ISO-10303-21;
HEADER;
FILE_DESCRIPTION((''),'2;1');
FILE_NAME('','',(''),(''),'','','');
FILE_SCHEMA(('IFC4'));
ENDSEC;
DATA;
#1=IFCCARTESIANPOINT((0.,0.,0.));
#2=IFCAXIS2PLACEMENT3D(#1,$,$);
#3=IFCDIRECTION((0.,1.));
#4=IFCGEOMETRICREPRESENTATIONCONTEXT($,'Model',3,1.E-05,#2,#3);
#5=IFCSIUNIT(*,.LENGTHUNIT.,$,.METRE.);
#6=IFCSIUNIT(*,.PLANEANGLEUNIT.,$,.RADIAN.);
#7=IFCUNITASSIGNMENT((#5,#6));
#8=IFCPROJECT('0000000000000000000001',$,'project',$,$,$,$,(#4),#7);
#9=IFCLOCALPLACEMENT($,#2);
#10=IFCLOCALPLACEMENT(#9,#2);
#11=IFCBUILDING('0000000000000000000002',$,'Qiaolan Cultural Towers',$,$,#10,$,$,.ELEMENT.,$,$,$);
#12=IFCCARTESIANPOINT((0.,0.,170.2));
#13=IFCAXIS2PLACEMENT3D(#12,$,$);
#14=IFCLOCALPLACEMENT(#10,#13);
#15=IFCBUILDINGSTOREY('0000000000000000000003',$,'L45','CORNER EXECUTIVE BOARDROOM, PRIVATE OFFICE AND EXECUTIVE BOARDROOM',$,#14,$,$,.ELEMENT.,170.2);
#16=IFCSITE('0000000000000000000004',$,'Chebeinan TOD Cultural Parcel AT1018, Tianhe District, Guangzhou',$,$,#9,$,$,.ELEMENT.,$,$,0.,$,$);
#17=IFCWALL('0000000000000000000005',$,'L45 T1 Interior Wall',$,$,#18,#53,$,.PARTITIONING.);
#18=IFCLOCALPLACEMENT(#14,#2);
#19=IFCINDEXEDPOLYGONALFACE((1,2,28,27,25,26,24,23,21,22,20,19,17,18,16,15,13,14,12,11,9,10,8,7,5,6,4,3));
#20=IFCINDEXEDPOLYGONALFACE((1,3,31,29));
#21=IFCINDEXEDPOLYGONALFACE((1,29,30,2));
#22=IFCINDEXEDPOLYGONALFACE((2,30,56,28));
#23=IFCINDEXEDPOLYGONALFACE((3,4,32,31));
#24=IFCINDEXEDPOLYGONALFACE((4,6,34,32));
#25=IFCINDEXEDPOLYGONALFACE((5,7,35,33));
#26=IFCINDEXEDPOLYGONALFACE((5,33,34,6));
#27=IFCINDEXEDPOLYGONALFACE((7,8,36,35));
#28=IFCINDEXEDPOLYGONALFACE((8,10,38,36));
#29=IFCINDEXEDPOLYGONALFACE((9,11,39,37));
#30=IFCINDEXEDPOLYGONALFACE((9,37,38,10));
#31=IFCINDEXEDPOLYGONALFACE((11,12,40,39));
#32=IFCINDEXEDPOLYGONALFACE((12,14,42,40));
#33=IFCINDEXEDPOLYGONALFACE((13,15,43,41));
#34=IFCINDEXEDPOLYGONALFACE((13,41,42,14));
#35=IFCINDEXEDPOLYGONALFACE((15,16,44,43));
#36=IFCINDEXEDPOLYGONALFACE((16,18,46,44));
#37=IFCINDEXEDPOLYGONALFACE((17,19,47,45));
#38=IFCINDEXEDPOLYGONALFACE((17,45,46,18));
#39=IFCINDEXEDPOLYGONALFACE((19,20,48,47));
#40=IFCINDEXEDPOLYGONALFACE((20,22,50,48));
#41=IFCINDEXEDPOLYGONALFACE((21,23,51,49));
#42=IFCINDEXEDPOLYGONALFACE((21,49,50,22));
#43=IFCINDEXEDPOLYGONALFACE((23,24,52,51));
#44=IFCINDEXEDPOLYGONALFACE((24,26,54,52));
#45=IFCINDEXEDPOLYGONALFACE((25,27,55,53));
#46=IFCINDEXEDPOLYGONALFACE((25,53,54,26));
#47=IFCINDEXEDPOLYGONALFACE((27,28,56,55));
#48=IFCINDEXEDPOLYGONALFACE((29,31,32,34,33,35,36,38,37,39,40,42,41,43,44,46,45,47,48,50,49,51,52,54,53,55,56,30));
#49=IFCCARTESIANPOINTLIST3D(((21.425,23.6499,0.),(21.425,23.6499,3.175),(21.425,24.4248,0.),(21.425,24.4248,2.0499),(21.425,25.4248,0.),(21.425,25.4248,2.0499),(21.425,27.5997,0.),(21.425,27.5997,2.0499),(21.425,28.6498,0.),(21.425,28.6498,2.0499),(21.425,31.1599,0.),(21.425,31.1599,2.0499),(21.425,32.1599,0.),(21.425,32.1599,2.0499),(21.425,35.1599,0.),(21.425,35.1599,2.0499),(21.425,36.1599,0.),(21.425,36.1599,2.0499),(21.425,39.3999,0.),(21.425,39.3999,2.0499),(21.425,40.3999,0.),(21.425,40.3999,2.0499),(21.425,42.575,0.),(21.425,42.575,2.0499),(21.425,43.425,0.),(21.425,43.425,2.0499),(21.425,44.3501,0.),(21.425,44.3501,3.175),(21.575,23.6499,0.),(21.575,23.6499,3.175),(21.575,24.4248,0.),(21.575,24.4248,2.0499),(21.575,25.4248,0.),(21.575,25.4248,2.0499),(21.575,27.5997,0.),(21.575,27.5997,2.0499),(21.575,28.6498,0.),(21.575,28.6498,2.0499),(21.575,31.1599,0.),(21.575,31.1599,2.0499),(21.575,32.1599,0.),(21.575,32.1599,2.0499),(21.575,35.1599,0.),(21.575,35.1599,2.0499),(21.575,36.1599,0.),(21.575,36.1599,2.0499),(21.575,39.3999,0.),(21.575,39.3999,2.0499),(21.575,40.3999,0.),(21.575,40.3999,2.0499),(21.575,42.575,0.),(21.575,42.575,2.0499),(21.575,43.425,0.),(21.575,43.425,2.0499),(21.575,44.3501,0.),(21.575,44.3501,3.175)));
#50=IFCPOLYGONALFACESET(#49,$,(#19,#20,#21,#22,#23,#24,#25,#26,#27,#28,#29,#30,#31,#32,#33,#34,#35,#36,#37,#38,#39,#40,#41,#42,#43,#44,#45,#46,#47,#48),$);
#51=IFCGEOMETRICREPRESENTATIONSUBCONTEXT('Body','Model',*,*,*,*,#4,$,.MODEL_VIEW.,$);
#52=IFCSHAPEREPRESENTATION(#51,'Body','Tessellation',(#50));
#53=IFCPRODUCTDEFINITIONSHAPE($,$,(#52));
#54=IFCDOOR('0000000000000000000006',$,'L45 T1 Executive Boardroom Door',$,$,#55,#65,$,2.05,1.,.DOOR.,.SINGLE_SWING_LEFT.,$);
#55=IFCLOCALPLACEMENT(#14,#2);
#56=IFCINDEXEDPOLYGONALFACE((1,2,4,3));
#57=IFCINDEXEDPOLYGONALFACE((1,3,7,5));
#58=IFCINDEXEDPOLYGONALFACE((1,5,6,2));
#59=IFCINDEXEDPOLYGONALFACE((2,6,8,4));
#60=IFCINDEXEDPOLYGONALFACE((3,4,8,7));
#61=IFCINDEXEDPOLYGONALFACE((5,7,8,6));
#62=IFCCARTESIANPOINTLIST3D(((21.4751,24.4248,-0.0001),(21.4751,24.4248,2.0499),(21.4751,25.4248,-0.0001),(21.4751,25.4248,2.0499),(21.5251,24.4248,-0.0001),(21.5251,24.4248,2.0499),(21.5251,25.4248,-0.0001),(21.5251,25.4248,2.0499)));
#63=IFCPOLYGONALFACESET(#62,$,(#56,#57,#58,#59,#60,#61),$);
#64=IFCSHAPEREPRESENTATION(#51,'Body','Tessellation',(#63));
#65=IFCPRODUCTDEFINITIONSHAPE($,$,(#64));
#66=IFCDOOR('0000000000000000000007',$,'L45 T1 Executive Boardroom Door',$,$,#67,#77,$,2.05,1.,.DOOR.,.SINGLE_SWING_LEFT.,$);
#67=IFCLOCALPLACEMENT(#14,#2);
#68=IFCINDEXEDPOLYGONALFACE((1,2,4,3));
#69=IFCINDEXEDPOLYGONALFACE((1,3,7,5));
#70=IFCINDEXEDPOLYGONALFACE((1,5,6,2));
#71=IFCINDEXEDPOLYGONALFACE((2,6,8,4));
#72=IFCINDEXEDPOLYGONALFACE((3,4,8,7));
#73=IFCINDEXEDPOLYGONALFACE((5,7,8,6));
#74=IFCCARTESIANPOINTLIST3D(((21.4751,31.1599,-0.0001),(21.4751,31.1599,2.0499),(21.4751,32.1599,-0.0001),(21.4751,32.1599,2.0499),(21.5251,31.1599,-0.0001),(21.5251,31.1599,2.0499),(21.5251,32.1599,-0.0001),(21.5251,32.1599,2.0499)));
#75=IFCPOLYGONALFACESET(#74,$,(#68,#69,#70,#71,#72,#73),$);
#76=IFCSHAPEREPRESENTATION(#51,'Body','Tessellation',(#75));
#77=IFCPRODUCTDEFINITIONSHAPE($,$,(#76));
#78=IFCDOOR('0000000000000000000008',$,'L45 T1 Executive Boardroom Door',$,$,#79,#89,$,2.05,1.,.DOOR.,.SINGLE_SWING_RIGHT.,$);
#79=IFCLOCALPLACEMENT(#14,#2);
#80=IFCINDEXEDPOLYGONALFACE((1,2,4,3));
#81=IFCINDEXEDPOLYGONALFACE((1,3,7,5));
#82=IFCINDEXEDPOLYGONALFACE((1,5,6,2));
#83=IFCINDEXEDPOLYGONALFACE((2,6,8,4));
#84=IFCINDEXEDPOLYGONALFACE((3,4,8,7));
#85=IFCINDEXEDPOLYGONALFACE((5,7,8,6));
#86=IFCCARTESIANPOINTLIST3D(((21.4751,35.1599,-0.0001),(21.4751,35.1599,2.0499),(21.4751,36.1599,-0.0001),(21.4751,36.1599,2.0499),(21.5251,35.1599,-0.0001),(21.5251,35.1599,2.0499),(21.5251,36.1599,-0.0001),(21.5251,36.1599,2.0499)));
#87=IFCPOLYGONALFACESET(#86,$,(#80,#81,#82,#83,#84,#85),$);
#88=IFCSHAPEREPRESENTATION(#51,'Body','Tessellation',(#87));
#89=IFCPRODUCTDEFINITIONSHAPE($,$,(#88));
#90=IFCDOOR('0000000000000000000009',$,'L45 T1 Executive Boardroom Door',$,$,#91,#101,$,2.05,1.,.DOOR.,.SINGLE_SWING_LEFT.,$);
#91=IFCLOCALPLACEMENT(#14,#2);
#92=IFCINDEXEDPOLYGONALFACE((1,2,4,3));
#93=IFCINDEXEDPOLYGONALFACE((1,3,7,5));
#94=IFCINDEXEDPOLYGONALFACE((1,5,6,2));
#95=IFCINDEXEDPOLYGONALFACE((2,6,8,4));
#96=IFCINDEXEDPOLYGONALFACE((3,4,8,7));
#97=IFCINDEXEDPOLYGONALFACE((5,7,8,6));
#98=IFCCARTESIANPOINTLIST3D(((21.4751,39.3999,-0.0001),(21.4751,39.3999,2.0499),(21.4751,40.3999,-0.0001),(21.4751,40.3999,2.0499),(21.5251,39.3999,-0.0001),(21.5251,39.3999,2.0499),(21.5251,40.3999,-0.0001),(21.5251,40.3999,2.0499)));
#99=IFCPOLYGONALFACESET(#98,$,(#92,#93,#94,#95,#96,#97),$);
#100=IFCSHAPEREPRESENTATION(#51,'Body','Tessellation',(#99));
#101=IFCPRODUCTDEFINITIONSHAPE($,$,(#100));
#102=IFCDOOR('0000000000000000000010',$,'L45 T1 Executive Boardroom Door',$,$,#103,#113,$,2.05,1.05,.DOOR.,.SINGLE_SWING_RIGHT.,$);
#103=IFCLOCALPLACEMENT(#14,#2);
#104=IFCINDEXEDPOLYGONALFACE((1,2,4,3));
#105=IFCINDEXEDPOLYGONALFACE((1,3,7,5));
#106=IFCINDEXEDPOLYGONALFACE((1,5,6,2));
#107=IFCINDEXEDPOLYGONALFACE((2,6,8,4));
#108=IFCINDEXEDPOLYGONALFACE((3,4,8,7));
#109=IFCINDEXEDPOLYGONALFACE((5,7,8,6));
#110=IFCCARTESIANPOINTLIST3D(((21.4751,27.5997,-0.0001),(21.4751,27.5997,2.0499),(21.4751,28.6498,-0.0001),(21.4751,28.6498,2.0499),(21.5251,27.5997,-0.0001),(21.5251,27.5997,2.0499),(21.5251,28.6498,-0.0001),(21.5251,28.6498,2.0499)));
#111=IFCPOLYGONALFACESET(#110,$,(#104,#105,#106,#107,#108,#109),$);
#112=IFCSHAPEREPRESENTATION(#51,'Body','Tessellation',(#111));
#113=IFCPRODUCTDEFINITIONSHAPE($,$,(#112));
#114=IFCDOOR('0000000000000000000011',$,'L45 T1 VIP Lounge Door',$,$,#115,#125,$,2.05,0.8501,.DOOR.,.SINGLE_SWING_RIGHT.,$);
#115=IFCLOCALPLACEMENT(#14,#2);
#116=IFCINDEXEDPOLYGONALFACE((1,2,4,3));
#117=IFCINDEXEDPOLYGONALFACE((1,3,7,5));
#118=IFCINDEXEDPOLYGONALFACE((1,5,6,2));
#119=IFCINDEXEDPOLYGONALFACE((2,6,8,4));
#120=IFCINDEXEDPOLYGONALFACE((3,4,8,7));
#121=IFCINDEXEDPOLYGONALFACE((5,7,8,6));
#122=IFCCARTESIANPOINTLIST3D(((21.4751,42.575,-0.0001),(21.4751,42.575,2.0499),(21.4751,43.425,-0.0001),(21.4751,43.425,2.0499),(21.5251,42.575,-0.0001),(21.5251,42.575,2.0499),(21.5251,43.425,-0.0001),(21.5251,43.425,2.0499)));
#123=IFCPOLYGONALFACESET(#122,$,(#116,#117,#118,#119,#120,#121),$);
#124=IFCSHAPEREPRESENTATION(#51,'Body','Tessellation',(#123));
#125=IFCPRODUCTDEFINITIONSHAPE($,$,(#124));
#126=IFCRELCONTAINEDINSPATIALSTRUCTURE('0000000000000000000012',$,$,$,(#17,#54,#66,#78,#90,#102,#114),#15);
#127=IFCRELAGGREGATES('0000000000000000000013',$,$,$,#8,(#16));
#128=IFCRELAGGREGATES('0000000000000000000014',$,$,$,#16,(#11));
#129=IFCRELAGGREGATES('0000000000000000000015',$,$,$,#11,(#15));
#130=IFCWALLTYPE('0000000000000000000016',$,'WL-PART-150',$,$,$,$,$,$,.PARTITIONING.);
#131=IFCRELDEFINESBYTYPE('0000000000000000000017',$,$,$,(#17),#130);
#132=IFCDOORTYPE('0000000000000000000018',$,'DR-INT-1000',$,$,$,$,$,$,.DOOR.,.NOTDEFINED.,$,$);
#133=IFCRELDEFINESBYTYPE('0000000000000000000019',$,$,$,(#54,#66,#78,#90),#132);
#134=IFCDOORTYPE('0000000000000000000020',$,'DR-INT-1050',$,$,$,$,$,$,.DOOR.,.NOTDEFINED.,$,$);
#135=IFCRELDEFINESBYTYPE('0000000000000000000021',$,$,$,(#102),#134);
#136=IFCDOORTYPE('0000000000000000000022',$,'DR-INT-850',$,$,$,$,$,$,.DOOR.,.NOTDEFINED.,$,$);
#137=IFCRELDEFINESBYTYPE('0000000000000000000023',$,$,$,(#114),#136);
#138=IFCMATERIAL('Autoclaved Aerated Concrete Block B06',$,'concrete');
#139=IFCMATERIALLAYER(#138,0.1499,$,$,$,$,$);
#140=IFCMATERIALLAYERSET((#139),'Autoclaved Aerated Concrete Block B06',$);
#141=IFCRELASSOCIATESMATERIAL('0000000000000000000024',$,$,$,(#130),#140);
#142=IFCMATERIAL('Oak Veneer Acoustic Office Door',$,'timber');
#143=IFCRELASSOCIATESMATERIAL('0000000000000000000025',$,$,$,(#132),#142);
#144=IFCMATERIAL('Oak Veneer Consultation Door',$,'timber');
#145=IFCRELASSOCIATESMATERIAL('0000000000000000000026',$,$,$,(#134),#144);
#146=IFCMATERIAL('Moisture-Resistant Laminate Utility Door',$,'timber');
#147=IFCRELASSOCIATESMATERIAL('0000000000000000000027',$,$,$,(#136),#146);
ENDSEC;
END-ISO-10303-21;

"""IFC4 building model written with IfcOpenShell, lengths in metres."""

from ifc_helpers import new_model, si_unit, direction, frame, frame_2d, origin, place, context, subcontext, project, spatial, rectangle, extrude, material, layer, layer_set, type_object, element, fill, save


model = new_model("IFC4")

# Units and contexts
model_context = context("Model", 3, precision=1e-05, world=origin(), true_north=direction((0.0, 1.0)))
body_context = subcontext(model_context, "Body", "Model", "MODEL_VIEW")
ifc_project = project(units=[si_unit("LENGTHUNIT", "METRE"), si_unit("PLANEANGLEUNIT", "RADIAN")], contexts=[model_context])

# Site, building, storey
site_placement = place(None, origin())
site = spatial("IfcSite", under=ifc_project, at=site_placement, Name="Chebeinan TOD Cultural Parcel AT1018, Tianhe District, Guangzhou", CompositionType="ELEMENT", RefElevation=0.0)
building_placement = place(site_placement, origin())
building = spatial("IfcBuilding", under=site, at=building_placement, Name="Qiaolan Cultural Towers", CompositionType="ELEMENT")
storey_placement = place(building_placement, frame((0.0, 0.0, 170.2)))
storey = spatial("IfcBuildingStorey", under=building, at=storey_placement, Name="L45", Description="CORNER EXECUTIVE BOARDROOM, PRIVATE OFFICE AND EXECUTIVE BOARDROOM", CompositionType="ELEMENT", Elevation=170.2)

# Shared definitions
ifc_material_1 = material(Name="Autoclaved Aerated Concrete Block B06", Category="concrete")
ifc_layer_1 = layer(ifc_material_1, 0.1499)
ifc_layer_set_1 = layer_set([ifc_layer_1], Name="Autoclaved Aerated Concrete Block B06")
wall_type_1 = type_object("IfcWallType", Name="WL-PART-150", PredefinedType="PARTITIONING", material=ifc_layer_set_1)
ifc_material_2 = material(Name="Oak Veneer Acoustic Office Door", Category="timber")
door_type_1 = type_object("IfcDoorType", Name="DR-INT-1000", OperationType="NOTDEFINED", PredefinedType="DOOR", material=ifc_material_2)

# Wall, openings, doors
wall_1_placement = place(storey_placement, frame((21.5, 23.6499, 0.0), z_axis=(0.0, 0.0, 1.0), x_axis=(0.0, 1.0, 0.0)))
wall_1 = element("IfcWall", 1, at=wall_1_placement, inside=storey, type_object=wall_type_1, Name="L45 T1 Interior Wall", PredefinedType="PARTITIONING", context=body_context, shape_type="SweptSolid", body=[
    extrude(rectangle(XDim=20.7002, YDim=0.1499, at=frame_2d((10.3501, 0.0))), origin(), (0.0, 0.0, 1.0), 3.175),
])
opening_1_placement = place(wall_1_placement, frame((0.7749, 0.0, 0.0)))
opening_1 = element("IfcOpeningElement", 2, at=opening_1_placement, cuts=wall_1, PredefinedType="OPENING", context=body_context, shape_type="SweptSolid", body=[
    extrude(rectangle(XDim=1.0, YDim=2.05, at=frame_2d((0.5, 1.0249))), frame((0.0, 0.085, 0.0), z_axis=(0.0, -1.0, 0.0), x_axis=(1.0, 0.0, 0.0)), (0.0, 0.0, 1.0), 0.1699),
])
opening_2_placement = place(wall_1_placement, frame((3.95, 0.0, 0.0)))
opening_2 = element("IfcOpeningElement", 3, at=opening_2_placement, cuts=wall_1, PredefinedType="OPENING", context=body_context, shape_type="SweptSolid", body=[
    extrude(rectangle(XDim=1.05, YDim=2.05, at=frame_2d((0.5249, 1.0249))), frame((0.0, 0.085, 0.0), z_axis=(0.0, -1.0, 0.0), x_axis=(1.0, 0.0, 0.0)), (0.0, 0.0, 1.0), 0.1699),
])
opening_3_placement = place(wall_1_placement, frame((7.51, 0.0, 0.0)))
opening_3 = element("IfcOpeningElement", 4, at=opening_3_placement, cuts=wall_1, PredefinedType="OPENING", context=body_context, shape_type="SweptSolid", body=[
    extrude(rectangle(XDim=1.0, YDim=2.05, at=frame_2d((0.5, 1.0249))), frame((0.0, 0.085, 0.0), z_axis=(0.0, -1.0, 0.0), x_axis=(1.0, 0.0, 0.0)), (0.0, 0.0, 1.0), 0.1699),
])
opening_4_placement = place(wall_1_placement, frame((11.51, 0.0, 0.0)))
opening_4 = element("IfcOpeningElement", 5, at=opening_4_placement, cuts=wall_1, PredefinedType="OPENING", context=body_context, shape_type="SweptSolid", body=[
    extrude(rectangle(XDim=1.0, YDim=2.05, at=frame_2d((0.5, 1.0249))), frame((0.0, 0.085, 0.0), z_axis=(0.0, -1.0, 0.0), x_axis=(1.0, 0.0, 0.0)), (0.0, 0.0, 1.0), 0.1699),
])
opening_5_placement = place(wall_1_placement, frame((15.75, 0.0, 0.0)))
opening_5 = element("IfcOpeningElement", 6, at=opening_5_placement, cuts=wall_1, PredefinedType="OPENING", context=body_context, shape_type="SweptSolid", body=[
    extrude(rectangle(XDim=1.0, YDim=2.05, at=frame_2d((0.5, 1.0249))), frame((0.0, 0.085, 0.0), z_axis=(0.0, -1.0, 0.0), x_axis=(1.0, 0.0, 0.0)), (0.0, 0.0, 1.0), 0.1699),
])
opening_6_placement = place(wall_1_placement, frame((18.925, 0.0, 0.0)))
opening_6 = element("IfcOpeningElement", 7, at=opening_6_placement, cuts=wall_1, PredefinedType="OPENING", context=body_context, shape_type="SweptSolid", body=[
    extrude(rectangle(XDim=0.8501, YDim=2.05, at=frame_2d((0.425, 1.0249))), frame((0.0, 0.085, 0.0), z_axis=(0.0, -1.0, 0.0), x_axis=(1.0, 0.0, 0.0)), (0.0, 0.0, 1.0), 0.1699),
])
door_1_placement = place(opening_1_placement, origin())
door_1 = element("IfcDoor", 8, at=door_1_placement, inside=storey, type_object=door_type_1, Name="L45 T1 Executive Boardroom Door", OperationType="SINGLE_SWING_LEFT", OverallHeight=2.05, OverallWidth=1.0, PredefinedType="DOOR", context=body_context, shape_type="SweptSolid", body=[
    extrude(rectangle(XDim=1.0, YDim=2.05, at=frame_2d((0.5, 1.0249))), frame((0.0, 0.0249, 0.0), z_axis=(0.0, -1.0, 0.0), x_axis=(1.0, 0.0, 0.0)), (0.0, 0.0, 1.0), 0.05),
])
fill(opening_1, door_1)
door_2_placement = place(opening_3_placement, origin())
door_2 = element("IfcDoor", 9, at=door_2_placement, inside=storey, type_object=door_type_1, Name="L45 T1 Executive Boardroom Door", OperationType="SINGLE_SWING_LEFT", OverallHeight=2.05, OverallWidth=1.0, PredefinedType="DOOR", context=body_context, shape_type="SweptSolid", body=[
    extrude(rectangle(XDim=1.0, YDim=2.05, at=frame_2d((0.5, 1.0249))), frame((0.0, 0.0249, 0.0), z_axis=(0.0, -1.0, 0.0), x_axis=(1.0, 0.0, 0.0)), (0.0, 0.0, 1.0), 0.05),
])
fill(opening_3, door_2)
door_3_placement = place(opening_4_placement, origin())
door_3 = element("IfcDoor", 10, at=door_3_placement, inside=storey, type_object=door_type_1, Name="L45 T1 Executive Boardroom Door", OperationType="SINGLE_SWING_RIGHT", OverallHeight=2.05, OverallWidth=1.0, PredefinedType="DOOR", context=body_context, shape_type="SweptSolid", body=[
    extrude(rectangle(XDim=1.0, YDim=2.05, at=frame_2d((0.5, 1.0249))), frame((0.0, 0.0249, 0.0), z_axis=(0.0, -1.0, 0.0), x_axis=(1.0, 0.0, 0.0)), (0.0, 0.0, 1.0), 0.05),
])
fill(opening_4, door_3)
door_4_placement = place(opening_5_placement, origin())
door_4 = element("IfcDoor", 11, at=door_4_placement, inside=storey, type_object=door_type_1, Name="L45 T1 Executive Boardroom Door", OperationType="SINGLE_SWING_LEFT", OverallHeight=2.05, OverallWidth=1.0, PredefinedType="DOOR", context=body_context, shape_type="SweptSolid", body=[
    extrude(rectangle(XDim=1.0, YDim=2.05, at=frame_2d((0.5, 1.0249))), frame((0.0, 0.0249, 0.0), z_axis=(0.0, -1.0, 0.0), x_axis=(1.0, 0.0, 0.0)), (0.0, 0.0, 1.0), 0.05),
])
fill(opening_5, door_4)
ifc_material_3 = material(Name="Oak Veneer Consultation Door", Category="timber")
door_type_2 = type_object("IfcDoorType", Name="DR-INT-1050", OperationType="NOTDEFINED", PredefinedType="DOOR", material=ifc_material_3)
door_5_placement = place(opening_2_placement, origin())
door_5 = element("IfcDoor", 12, at=door_5_placement, inside=storey, type_object=door_type_2, Name="L45 T1 Executive Boardroom Door", OperationType="SINGLE_SWING_RIGHT", OverallHeight=2.05, OverallWidth=1.05, PredefinedType="DOOR", context=body_context, shape_type="SweptSolid", body=[
    extrude(rectangle(XDim=1.05, YDim=2.05, at=frame_2d((0.5249, 1.0249))), frame((0.0, 0.0249, 0.0), z_axis=(0.0, -1.0, 0.0), x_axis=(1.0, 0.0, 0.0)), (0.0, 0.0, 1.0), 0.05),
])
fill(opening_2, door_5)
ifc_material_4 = material(Name="Moisture-Resistant Laminate Utility Door", Category="timber")
door_type_3 = type_object("IfcDoorType", Name="DR-INT-850", OperationType="NOTDEFINED", PredefinedType="DOOR", material=ifc_material_4)
door_6_placement = place(opening_6_placement, origin())
door_6 = element("IfcDoor", 13, at=door_6_placement, inside=storey, type_object=door_type_3, Name="L45 T1 VIP Lounge Door", OperationType="SINGLE_SWING_RIGHT", OverallHeight=2.05, OverallWidth=0.8501, PredefinedType="DOOR", context=body_context, shape_type="SweptSolid", body=[
    extrude(rectangle(XDim=0.8501, YDim=2.05, at=frame_2d((0.425, 1.0249))), frame((0.0, 0.0249, 0.0), z_axis=(0.0, -1.0, 0.0), x_axis=(1.0, 0.0, 0.0)), (0.0, 0.0, 1.0), 0.05),
])
fill(opening_6, door_6)

save(model, "model.ifc")
